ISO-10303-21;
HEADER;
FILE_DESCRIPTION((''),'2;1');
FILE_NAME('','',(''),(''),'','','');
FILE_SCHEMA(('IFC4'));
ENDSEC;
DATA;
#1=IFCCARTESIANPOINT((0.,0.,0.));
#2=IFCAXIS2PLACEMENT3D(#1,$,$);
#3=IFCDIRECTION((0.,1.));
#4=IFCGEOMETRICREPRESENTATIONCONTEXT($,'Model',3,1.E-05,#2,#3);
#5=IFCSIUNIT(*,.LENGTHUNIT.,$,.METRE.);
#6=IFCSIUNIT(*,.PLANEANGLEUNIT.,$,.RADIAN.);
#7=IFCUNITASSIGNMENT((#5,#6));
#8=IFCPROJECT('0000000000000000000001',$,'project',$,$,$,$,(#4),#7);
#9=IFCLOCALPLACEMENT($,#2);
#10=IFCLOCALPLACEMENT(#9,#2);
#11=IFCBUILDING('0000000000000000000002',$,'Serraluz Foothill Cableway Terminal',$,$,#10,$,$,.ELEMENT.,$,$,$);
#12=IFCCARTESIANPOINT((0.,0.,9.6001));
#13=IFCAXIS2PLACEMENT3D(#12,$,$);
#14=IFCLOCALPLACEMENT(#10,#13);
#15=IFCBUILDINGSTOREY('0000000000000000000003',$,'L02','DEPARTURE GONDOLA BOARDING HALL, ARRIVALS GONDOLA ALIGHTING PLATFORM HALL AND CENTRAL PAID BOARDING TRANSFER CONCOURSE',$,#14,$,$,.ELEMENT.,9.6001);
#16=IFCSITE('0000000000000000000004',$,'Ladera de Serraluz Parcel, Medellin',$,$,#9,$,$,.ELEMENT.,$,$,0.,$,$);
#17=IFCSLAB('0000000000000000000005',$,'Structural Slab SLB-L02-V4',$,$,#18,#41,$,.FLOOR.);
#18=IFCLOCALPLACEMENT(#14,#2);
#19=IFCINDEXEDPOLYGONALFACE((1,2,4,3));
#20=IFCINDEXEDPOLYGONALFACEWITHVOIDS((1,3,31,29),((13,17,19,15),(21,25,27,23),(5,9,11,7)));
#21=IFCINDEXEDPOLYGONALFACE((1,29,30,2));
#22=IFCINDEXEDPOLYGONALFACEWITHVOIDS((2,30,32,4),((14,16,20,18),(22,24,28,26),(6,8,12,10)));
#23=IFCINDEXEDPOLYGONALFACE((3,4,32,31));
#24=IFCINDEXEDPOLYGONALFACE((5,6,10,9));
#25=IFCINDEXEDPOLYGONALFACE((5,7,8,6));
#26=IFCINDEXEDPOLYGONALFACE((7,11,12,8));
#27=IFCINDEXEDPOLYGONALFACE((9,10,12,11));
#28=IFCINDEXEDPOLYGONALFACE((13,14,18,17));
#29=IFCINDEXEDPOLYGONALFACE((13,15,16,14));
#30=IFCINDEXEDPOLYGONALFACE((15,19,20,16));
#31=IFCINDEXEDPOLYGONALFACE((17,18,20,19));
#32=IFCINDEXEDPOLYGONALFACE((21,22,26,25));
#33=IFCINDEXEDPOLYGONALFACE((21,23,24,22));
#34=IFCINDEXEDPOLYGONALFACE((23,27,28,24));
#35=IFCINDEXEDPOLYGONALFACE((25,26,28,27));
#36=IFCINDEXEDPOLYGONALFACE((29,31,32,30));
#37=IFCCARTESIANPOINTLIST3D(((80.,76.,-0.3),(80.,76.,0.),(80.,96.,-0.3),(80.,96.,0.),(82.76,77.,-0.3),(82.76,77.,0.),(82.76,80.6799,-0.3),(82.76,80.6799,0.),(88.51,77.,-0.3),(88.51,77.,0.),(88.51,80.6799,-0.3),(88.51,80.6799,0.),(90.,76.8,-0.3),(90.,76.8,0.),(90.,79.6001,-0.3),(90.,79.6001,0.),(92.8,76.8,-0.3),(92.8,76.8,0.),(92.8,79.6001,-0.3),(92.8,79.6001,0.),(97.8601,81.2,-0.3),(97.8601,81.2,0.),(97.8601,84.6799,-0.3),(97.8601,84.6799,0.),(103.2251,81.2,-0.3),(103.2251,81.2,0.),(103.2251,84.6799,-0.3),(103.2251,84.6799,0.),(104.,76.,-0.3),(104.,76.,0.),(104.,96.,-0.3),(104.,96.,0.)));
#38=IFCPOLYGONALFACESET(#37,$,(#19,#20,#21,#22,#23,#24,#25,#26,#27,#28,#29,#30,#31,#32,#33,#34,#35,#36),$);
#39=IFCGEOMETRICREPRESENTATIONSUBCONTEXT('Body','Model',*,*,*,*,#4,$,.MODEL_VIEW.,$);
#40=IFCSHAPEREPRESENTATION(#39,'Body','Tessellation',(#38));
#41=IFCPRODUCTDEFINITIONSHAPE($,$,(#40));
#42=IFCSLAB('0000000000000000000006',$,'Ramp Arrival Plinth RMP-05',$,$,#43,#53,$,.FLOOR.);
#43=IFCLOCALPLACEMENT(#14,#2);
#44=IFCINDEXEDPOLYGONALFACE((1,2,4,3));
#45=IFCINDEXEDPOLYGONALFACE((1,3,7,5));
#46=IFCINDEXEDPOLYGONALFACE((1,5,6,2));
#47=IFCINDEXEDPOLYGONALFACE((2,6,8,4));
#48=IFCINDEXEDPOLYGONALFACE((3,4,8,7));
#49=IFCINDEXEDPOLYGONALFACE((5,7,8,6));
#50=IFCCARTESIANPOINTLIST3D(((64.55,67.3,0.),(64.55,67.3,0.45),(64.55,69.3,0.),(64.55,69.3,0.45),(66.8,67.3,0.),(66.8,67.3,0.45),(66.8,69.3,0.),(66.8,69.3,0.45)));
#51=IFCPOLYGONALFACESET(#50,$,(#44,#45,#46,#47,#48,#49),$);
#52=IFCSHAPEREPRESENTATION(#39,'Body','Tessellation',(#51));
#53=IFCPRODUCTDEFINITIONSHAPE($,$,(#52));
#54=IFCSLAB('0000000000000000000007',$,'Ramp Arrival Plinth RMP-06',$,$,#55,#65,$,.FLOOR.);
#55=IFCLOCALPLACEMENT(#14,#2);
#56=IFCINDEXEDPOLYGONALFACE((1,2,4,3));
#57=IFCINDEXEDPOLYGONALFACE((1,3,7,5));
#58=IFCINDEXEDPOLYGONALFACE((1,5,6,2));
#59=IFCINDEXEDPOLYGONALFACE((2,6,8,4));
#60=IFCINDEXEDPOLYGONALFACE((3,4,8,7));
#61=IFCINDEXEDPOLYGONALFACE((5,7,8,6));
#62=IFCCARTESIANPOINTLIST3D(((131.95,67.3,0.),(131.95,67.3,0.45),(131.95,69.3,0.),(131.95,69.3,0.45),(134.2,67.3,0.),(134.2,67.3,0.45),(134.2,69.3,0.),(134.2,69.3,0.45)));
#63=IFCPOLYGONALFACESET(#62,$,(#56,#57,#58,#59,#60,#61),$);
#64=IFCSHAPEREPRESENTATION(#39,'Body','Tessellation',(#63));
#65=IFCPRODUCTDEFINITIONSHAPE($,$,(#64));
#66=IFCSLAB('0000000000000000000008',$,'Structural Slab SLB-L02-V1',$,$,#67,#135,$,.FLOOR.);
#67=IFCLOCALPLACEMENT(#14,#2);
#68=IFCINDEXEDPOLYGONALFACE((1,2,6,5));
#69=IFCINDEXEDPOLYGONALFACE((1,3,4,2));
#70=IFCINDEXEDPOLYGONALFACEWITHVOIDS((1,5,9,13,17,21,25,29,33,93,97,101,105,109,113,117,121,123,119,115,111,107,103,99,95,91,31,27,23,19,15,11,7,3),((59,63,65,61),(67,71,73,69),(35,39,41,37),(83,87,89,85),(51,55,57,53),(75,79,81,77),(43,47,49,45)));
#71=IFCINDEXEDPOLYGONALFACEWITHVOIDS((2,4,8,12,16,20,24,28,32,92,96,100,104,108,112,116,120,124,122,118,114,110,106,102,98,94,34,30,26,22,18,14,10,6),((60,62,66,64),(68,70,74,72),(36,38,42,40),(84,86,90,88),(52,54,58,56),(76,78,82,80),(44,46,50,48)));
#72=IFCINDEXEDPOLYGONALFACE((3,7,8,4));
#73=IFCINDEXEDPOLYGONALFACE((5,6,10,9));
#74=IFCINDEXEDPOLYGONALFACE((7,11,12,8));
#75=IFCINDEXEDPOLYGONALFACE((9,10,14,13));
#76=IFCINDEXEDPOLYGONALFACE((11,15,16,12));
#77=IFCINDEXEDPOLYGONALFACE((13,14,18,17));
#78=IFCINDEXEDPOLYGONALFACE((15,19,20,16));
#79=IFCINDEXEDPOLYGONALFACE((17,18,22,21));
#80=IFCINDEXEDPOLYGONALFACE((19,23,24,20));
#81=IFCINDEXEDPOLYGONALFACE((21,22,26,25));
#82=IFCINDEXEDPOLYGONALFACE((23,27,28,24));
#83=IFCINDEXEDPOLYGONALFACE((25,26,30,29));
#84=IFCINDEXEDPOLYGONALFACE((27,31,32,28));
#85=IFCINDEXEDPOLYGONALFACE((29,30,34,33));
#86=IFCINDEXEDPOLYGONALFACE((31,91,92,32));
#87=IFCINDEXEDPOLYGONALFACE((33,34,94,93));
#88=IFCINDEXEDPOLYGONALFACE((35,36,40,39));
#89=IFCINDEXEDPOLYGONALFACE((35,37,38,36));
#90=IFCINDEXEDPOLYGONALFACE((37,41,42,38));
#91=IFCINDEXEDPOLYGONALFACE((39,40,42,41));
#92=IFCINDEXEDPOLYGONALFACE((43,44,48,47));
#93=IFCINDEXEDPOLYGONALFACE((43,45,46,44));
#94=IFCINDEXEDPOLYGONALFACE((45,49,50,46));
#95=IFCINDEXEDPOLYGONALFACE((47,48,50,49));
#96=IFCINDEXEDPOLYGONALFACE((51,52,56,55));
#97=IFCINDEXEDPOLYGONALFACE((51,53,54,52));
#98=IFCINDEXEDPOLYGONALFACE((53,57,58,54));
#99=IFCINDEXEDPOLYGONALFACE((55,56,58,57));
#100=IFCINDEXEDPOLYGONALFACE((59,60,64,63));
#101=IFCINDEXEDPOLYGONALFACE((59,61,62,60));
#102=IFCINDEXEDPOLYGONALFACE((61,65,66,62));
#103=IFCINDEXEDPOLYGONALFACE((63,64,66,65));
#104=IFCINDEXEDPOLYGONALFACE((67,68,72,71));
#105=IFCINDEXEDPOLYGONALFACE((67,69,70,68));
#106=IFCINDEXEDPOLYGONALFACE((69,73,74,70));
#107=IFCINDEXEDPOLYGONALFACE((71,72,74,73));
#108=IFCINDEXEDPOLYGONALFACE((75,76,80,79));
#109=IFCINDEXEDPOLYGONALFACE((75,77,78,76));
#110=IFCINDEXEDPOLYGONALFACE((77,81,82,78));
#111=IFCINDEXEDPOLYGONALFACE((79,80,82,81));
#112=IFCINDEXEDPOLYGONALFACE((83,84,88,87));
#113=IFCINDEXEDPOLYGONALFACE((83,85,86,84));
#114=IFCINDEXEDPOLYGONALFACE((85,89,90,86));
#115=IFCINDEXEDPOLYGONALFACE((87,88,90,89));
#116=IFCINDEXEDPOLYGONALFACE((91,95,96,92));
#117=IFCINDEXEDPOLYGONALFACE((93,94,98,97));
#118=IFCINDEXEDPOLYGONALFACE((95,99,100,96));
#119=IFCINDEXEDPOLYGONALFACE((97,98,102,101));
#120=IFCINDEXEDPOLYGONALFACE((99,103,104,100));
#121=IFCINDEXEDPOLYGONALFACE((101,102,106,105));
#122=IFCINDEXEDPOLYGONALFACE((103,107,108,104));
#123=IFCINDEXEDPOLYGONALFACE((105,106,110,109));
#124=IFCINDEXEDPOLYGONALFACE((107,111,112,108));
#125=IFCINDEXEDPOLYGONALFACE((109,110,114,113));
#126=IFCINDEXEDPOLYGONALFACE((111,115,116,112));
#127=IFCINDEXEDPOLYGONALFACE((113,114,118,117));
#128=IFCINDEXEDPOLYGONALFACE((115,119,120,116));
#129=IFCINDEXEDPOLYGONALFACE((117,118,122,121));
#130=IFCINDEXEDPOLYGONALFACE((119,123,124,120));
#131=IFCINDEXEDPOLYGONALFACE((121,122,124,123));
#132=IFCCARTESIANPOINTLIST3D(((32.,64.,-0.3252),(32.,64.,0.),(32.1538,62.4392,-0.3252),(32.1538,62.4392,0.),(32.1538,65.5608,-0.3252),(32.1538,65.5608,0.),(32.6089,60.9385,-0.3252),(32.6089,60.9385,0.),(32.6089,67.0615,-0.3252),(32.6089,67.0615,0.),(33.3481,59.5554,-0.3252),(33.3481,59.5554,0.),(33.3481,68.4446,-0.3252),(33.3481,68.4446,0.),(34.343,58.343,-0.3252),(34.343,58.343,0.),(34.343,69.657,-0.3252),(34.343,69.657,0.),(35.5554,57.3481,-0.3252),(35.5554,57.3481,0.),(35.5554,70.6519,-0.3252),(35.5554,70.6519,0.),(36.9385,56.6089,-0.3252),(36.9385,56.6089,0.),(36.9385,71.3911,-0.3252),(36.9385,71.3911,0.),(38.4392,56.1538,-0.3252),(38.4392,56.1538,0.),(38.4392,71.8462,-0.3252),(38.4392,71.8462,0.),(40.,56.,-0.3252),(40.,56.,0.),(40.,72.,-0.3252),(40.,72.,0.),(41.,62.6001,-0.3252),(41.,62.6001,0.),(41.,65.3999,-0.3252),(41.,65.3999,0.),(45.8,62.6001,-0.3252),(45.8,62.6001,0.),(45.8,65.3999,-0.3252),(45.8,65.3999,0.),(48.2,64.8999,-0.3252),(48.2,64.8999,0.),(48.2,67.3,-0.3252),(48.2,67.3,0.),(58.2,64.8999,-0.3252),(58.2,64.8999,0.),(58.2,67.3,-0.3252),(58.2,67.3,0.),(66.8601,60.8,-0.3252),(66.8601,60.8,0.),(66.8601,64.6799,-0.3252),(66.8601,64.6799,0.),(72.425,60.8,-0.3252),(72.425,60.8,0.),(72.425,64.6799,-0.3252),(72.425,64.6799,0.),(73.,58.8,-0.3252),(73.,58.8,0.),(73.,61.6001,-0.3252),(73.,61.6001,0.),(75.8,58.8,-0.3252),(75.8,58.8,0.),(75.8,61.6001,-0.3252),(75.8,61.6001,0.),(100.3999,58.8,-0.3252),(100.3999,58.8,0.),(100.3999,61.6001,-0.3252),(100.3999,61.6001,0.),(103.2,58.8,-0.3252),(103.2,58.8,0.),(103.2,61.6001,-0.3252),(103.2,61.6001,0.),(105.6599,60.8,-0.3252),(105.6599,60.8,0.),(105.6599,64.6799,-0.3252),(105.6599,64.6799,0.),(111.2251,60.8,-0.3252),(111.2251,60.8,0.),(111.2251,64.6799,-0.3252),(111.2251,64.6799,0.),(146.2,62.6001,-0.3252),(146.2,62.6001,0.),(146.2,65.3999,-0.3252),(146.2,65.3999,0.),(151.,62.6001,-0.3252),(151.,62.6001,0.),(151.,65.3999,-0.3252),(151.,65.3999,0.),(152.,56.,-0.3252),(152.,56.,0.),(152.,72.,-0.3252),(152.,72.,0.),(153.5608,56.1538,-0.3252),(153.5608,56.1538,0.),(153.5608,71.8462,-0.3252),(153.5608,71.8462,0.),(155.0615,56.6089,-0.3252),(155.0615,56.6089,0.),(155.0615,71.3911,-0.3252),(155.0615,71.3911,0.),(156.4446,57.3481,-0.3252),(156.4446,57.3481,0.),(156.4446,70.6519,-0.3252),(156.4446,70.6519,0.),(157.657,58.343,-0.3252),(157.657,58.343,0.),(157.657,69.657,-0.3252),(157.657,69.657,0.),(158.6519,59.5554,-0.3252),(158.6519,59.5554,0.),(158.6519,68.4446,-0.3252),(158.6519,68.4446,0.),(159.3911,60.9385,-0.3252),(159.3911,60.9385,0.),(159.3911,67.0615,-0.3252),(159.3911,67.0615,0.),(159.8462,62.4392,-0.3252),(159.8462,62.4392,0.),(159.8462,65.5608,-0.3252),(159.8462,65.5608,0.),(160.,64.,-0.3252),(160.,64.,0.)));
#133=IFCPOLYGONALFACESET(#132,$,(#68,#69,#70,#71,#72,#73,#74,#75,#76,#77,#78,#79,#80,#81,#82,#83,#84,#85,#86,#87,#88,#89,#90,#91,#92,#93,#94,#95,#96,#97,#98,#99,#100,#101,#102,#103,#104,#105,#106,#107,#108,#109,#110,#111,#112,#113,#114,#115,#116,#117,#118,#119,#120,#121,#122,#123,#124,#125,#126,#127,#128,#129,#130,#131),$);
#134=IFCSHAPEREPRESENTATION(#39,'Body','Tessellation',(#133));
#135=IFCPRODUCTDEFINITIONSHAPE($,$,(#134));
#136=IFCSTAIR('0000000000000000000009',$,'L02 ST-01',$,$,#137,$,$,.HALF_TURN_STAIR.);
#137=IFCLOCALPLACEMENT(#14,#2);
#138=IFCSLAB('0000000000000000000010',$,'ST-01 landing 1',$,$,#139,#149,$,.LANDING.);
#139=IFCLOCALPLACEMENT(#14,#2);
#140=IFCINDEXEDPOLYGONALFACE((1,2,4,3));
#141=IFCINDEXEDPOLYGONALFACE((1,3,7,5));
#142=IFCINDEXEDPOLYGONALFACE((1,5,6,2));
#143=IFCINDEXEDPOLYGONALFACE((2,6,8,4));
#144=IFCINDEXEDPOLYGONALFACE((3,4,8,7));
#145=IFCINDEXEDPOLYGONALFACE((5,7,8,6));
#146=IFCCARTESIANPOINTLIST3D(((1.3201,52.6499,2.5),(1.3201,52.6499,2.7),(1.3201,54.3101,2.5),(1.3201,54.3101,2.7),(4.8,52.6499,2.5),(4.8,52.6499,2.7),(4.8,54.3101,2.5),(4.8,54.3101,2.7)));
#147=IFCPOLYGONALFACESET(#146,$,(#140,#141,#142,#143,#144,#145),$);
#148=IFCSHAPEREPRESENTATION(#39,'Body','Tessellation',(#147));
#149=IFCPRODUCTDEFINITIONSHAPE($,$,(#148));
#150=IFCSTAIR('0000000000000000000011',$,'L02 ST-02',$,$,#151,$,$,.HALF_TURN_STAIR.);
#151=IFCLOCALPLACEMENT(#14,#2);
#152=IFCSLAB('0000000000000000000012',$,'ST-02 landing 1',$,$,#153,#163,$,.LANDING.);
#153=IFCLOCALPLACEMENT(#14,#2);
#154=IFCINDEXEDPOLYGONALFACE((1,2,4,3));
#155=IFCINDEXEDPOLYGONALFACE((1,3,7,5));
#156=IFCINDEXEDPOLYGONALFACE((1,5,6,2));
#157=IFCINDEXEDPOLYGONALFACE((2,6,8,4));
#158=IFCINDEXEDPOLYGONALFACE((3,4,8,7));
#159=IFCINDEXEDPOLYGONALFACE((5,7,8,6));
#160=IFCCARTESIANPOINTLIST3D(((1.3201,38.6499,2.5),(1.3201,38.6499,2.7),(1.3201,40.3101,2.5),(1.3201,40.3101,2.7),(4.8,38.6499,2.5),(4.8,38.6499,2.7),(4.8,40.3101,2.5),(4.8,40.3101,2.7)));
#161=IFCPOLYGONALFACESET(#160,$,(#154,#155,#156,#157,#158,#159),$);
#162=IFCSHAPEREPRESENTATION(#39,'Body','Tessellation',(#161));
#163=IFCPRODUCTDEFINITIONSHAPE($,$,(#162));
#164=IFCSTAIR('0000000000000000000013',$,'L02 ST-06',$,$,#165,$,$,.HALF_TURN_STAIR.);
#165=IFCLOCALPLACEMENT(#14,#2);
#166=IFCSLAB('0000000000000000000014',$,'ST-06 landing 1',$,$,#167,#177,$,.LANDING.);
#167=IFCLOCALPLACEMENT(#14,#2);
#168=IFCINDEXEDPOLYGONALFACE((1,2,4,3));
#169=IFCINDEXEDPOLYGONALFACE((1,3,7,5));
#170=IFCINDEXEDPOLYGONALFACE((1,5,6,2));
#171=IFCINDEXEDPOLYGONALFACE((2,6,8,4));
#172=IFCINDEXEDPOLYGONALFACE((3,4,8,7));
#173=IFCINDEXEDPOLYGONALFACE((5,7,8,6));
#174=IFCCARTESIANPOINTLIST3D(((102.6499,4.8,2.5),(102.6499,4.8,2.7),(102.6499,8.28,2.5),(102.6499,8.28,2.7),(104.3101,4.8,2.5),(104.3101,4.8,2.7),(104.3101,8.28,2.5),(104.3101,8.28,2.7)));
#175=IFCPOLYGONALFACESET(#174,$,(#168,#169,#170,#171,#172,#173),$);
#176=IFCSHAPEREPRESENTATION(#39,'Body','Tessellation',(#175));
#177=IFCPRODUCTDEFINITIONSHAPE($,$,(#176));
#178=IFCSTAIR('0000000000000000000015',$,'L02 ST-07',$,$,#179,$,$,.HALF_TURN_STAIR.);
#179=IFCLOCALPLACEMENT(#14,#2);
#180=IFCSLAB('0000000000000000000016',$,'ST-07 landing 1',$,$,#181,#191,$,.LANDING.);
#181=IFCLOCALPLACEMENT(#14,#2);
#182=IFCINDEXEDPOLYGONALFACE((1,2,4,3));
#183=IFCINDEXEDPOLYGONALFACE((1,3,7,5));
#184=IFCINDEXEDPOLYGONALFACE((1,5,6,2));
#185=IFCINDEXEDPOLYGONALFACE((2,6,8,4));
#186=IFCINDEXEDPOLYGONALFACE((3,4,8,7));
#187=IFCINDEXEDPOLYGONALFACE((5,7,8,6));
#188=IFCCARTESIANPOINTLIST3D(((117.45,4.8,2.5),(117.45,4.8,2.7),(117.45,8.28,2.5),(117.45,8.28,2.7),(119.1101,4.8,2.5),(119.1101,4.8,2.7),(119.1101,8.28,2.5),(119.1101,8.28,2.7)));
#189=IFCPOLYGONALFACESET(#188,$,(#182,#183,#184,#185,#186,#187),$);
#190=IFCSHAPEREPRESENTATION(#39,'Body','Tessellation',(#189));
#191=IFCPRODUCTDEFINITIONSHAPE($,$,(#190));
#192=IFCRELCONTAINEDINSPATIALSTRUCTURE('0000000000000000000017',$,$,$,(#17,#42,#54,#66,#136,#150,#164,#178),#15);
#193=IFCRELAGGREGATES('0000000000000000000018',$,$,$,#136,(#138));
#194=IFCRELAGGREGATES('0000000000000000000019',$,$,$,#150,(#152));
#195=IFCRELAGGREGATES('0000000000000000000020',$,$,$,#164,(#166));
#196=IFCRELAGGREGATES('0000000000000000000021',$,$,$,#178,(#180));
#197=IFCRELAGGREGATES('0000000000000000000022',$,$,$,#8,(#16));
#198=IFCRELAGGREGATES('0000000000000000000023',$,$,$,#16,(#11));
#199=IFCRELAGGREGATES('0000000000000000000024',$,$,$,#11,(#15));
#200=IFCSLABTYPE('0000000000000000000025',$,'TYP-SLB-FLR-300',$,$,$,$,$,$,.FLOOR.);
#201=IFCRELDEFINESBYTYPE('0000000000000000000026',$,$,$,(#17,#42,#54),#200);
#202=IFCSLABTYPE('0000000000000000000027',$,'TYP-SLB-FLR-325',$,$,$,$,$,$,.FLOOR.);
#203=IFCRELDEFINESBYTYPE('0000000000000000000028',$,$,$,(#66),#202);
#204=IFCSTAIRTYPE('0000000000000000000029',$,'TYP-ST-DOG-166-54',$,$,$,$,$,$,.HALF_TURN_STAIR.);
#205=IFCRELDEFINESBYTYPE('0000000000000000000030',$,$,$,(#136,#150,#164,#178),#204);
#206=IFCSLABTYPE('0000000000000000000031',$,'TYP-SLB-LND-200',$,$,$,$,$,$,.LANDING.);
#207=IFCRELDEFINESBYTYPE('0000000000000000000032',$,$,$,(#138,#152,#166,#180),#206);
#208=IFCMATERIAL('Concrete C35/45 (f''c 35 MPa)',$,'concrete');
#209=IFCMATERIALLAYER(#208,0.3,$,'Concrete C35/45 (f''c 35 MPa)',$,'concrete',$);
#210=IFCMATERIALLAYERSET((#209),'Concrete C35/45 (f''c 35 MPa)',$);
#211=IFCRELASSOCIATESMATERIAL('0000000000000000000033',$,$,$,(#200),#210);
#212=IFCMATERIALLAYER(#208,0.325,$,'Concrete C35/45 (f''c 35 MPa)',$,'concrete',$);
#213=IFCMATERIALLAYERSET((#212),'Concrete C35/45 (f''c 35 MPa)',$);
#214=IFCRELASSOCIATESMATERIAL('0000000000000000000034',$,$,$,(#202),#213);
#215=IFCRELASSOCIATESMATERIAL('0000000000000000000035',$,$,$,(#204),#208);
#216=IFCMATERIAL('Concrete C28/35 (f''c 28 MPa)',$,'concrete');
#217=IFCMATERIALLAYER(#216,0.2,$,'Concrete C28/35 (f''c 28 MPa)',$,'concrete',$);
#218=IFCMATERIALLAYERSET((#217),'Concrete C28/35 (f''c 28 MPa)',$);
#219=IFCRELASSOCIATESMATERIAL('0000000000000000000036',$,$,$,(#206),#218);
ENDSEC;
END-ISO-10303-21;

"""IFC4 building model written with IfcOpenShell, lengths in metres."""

from ifc_helpers import new_model, si_unit, direction, frame, origin, place, context, subcontext, project, spatial, polyline, outline, extrude, material, layer, layer_set, type_object, element, aggregate, save


model = new_model("IFC4")

# Units and contexts
model_context = context("Model", 3, precision=1e-05, world=origin(), true_north=direction((0.0, 1.0)))
body_context = subcontext(model_context, "Body", "Model", "MODEL_VIEW")
ifc_project = project(units=[si_unit("LENGTHUNIT", "METRE"), si_unit("PLANEANGLEUNIT", "RADIAN")], contexts=[model_context])

# Site, building, storey
site_placement = place(None, origin())
site = spatial("IfcSite", under=ifc_project, at=site_placement, Name="Ladera de Serraluz Parcel, Medellin", CompositionType="ELEMENT", RefElevation=0.0)
building_placement = place(site_placement, origin())
building = spatial("IfcBuilding", under=site, at=building_placement, Name="Serraluz Foothill Cableway Terminal", CompositionType="ELEMENT")
storey_placement = place(building_placement, frame((0.0, 0.0, 9.6001)))
storey = spatial("IfcBuildingStorey", under=building, at=storey_placement, Name="L02", Description="DEPARTURE GONDOLA BOARDING HALL, ARRIVALS GONDOLA ALIGHTING PLATFORM HALL AND CENTRAL PAID BOARDING TRANSFER CONCOURSE", CompositionType="ELEMENT", Elevation=9.6001)

# Shared definitions
ifc_material_1 = material(Name="Concrete C35/45 (f'c 35 MPa)", Category="concrete")

# Slabs
ifc_material_2 = material(Name="Concrete C28/35 (f'c 28 MPa)", Category="concrete")
ifc_layer_1 = layer(ifc_material_1, 0.3, Name="Concrete C35/45 (f'c 35 MPa)", Category="concrete")
ifc_layer_set_1 = layer_set([ifc_layer_1], Name="Concrete C35/45 (f'c 35 MPa)")
slab_type_1 = type_object("IfcSlabType", Name="TYP-SLB-FLR-300", PredefinedType="FLOOR", material=ifc_layer_set_1)
slab_1_placement = place(storey_placement, frame((0.0, 0.0, -0.3)))
element("IfcSlab", 1, at=slab_1_placement, inside=storey, type_object=slab_type_1, Name="Structural Slab SLB-L02-V4", PredefinedType="FLOOR", context=body_context, shape_type="SweptSolid", body=[
    extrude(outline(polyline([(80.0, 76.0), (104.0, 76.0), (104.0, 96.0), (80.0, 96.0), (80.0, 76.0)]), holes=[polyline([(82.76, 77.0), (88.51, 77.0), (88.51, 80.6799), (82.76, 80.6799), (82.76, 77.0)]), polyline([(97.8601, 81.2), (103.2251, 81.2), (103.2251, 84.6799), (97.8601, 84.6799), (97.8601, 81.2)]), polyline([(90.0, 76.8), (92.8, 76.8), (92.8, 79.6001), (90.0, 79.6001), (90.0, 76.8)])]), origin(), (0.0, 0.0, 1.0), 0.3),
])
slab_2_placement = place(storey_placement, origin())
element("IfcSlab", 2, at=slab_2_placement, inside=storey, type_object=slab_type_1, Name="Ramp Arrival Plinth RMP-05", PredefinedType="FLOOR", context=body_context, shape_type="SweptSolid", body=[
    extrude(outline(polyline([(64.55, 67.3), (66.8, 67.3), (66.8, 69.3), (64.55, 69.3), (64.55, 67.3)])), origin(), (0.0, 0.0, 1.0), 0.45),
])
slab_3_placement = place(storey_placement, origin())
element("IfcSlab", 3, at=slab_3_placement, inside=storey, type_object=slab_type_1, Name="Ramp Arrival Plinth RMP-06", PredefinedType="FLOOR", context=body_context, shape_type="SweptSolid", body=[
    extrude(outline(polyline([(131.95, 67.3), (134.2, 67.3), (134.2, 69.3), (131.95, 69.3), (131.95, 67.3)])), origin(), (0.0, 0.0, 1.0), 0.45),
])
ifc_layer_2 = layer(ifc_material_1, 0.325, Name="Concrete C35/45 (f'c 35 MPa)", Category="concrete")
ifc_layer_set_2 = layer_set([ifc_layer_2], Name="Concrete C35/45 (f'c 35 MPa)")
slab_type_2 = type_object("IfcSlabType", Name="TYP-SLB-FLR-325", PredefinedType="FLOOR", material=ifc_layer_set_2)
slab_4_placement = place(storey_placement, frame((0.0, 0.0, -0.3252)))
element("IfcSlab", 4, at=slab_4_placement, inside=storey, type_object=slab_type_2, Name="Structural Slab SLB-L02-V1", PredefinedType="FLOOR", context=body_context, shape_type="SweptSolid", body=[
    extrude(outline(polyline([(40.0, 56.0), (152.0, 56.0), (153.5608, 56.1538), (155.0615, 56.6089), (156.4446, 57.3481), (157.657, 58.343), (158.6519, 59.5554), (159.3911, 60.9385), (159.8462, 62.4392), (160.0, 64.0), (159.8462, 65.5608), (159.3911, 67.0615), (158.6519, 68.4446), (157.657, 69.657), (156.4446, 70.6519), (155.0615, 71.3911), (153.5608, 71.8462), (152.0, 72.0), (40.0, 72.0), (38.4392, 71.8462), (36.9385, 71.3911), (35.5554, 70.6519), (34.343, 69.657), (33.3481, 68.4446), (32.6089, 67.0615), (32.1538, 65.5608), (32.0, 64.0), (32.1538, 62.4392), (32.6089, 60.9385), (33.3481, 59.5554), (34.343, 58.343), (35.5554, 57.3481), (36.9385, 56.6089), (38.4392, 56.1538), (40.0, 56.0)]), holes=[polyline([(66.8601, 60.8), (72.425, 60.8), (72.425, 64.6799), (66.8601, 64.6799), (66.8601, 60.8)]), polyline([(105.6599, 60.8), (111.2251, 60.8), (111.2251, 64.6799), (105.6599, 64.6799), (105.6599, 60.8)]), polyline([(73.0, 58.8), (75.8, 58.8), (75.8, 61.6001), (73.0, 61.6001), (73.0, 58.8)]), polyline([(100.3999, 58.8), (103.2, 58.8), (103.2, 61.6001), (100.3999, 61.6001), (100.3999, 58.8)]), polyline([(48.2, 64.8999), (58.2, 64.8999), (58.2, 67.3), (48.2, 67.3), (48.2, 64.8999)]), polyline([(41.0, 62.6001), (45.8, 62.6001), (45.8, 65.3999), (41.0, 65.3999), (41.0, 62.6001)]), polyline([(146.2, 62.6001), (151.0, 62.6001), (151.0, 65.3999), (146.2, 65.3999), (146.2, 62.6001)])]), origin(), (0.0, 0.0, 1.0), 0.3252),
])

# Stairs, slabs
stair_type_1 = type_object("IfcStairType", Name="TYP-ST-DOG-166-54", PredefinedType="HALF_TURN_STAIR", material=ifc_material_1)
stair_1_placement = place(storey_placement, origin())
stair_1 = element("IfcStair", 5, at=stair_1_placement, inside=storey, type_object=stair_type_1, Name="L02 ST-01", PredefinedType="HALF_TURN_STAIR")
ifc_layer_3 = layer(ifc_material_2, 0.2, Name="Concrete C28/35 (f'c 28 MPa)", Category="concrete")
ifc_layer_set_3 = layer_set([ifc_layer_3], Name="Concrete C28/35 (f'c 28 MPa)")
slab_type_3 = type_object("IfcSlabType", Name="TYP-SLB-LND-200", PredefinedType="LANDING", material=ifc_layer_set_3)
slab_5_placement = place(storey_placement, frame((0.0, 0.0, 2.5)))
slab_5 = element("IfcSlab", 6, at=slab_5_placement, type_object=slab_type_3, Name="ST-01 landing 1", PredefinedType="LANDING", context=body_context, shape_type="SweptSolid", body=[
    extrude(outline(polyline([(4.8, 52.6499), (4.8, 54.3101), (1.3201, 54.3101), (1.3201, 52.6499), (4.8, 52.6499)])), origin(), (0.0, 0.0, 1.0), 0.2),
])
aggregate(stair_1, [slab_5])
stair_2_placement = place(storey_placement, origin())
stair_2 = element("IfcStair", 7, at=stair_2_placement, inside=storey, type_object=stair_type_1, Name="L02 ST-02", PredefinedType="HALF_TURN_STAIR")
slab_6_placement = place(storey_placement, frame((0.0, 0.0, 2.5)))
slab_6 = element("IfcSlab", 8, at=slab_6_placement, type_object=slab_type_3, Name="ST-02 landing 1", PredefinedType="LANDING", context=body_context, shape_type="SweptSolid", body=[
    extrude(outline(polyline([(4.8, 38.6499), (4.8, 40.3101), (1.3201, 40.3101), (1.3201, 38.6499), (4.8, 38.6499)])), origin(), (0.0, 0.0, 1.0), 0.2),
])
aggregate(stair_2, [slab_6])
stair_3_placement = place(storey_placement, origin())
stair_3 = element("IfcStair", 9, at=stair_3_placement, inside=storey, type_object=stair_type_1, Name="L02 ST-06", PredefinedType="HALF_TURN_STAIR")
slab_7_placement = place(storey_placement, frame((0.0, 0.0, 2.5)))
slab_7 = element("IfcSlab", 10, at=slab_7_placement, type_object=slab_type_3, Name="ST-06 landing 1", PredefinedType="LANDING", context=body_context, shape_type="SweptSolid", body=[
    extrude(outline(polyline([(102.6499, 4.8), (104.3101, 4.8), (104.3101, 8.28), (102.6499, 8.28), (102.6499, 4.8)])), origin(), (0.0, 0.0, 1.0), 0.2),
])
aggregate(stair_3, [slab_7])
stair_4_placement = place(storey_placement, origin())
stair_4 = element("IfcStair", 11, at=stair_4_placement, inside=storey, type_object=stair_type_1, Name="L02 ST-07", PredefinedType="HALF_TURN_STAIR")
slab_8_placement = place(storey_placement, frame((0.0, 0.0, 2.5)))
slab_8 = element("IfcSlab", 12, at=slab_8_placement, type_object=slab_type_3, Name="ST-07 landing 1", PredefinedType="LANDING", context=body_context, shape_type="SweptSolid", body=[
    extrude(outline(polyline([(117.45, 4.8), (119.1101, 4.8), (119.1101, 8.28), (117.45, 8.28), (117.45, 4.8)])), origin(), (0.0, 0.0, 1.0), 0.2),
])
aggregate(stair_4, [slab_8])

save(model, "model.ifc")
